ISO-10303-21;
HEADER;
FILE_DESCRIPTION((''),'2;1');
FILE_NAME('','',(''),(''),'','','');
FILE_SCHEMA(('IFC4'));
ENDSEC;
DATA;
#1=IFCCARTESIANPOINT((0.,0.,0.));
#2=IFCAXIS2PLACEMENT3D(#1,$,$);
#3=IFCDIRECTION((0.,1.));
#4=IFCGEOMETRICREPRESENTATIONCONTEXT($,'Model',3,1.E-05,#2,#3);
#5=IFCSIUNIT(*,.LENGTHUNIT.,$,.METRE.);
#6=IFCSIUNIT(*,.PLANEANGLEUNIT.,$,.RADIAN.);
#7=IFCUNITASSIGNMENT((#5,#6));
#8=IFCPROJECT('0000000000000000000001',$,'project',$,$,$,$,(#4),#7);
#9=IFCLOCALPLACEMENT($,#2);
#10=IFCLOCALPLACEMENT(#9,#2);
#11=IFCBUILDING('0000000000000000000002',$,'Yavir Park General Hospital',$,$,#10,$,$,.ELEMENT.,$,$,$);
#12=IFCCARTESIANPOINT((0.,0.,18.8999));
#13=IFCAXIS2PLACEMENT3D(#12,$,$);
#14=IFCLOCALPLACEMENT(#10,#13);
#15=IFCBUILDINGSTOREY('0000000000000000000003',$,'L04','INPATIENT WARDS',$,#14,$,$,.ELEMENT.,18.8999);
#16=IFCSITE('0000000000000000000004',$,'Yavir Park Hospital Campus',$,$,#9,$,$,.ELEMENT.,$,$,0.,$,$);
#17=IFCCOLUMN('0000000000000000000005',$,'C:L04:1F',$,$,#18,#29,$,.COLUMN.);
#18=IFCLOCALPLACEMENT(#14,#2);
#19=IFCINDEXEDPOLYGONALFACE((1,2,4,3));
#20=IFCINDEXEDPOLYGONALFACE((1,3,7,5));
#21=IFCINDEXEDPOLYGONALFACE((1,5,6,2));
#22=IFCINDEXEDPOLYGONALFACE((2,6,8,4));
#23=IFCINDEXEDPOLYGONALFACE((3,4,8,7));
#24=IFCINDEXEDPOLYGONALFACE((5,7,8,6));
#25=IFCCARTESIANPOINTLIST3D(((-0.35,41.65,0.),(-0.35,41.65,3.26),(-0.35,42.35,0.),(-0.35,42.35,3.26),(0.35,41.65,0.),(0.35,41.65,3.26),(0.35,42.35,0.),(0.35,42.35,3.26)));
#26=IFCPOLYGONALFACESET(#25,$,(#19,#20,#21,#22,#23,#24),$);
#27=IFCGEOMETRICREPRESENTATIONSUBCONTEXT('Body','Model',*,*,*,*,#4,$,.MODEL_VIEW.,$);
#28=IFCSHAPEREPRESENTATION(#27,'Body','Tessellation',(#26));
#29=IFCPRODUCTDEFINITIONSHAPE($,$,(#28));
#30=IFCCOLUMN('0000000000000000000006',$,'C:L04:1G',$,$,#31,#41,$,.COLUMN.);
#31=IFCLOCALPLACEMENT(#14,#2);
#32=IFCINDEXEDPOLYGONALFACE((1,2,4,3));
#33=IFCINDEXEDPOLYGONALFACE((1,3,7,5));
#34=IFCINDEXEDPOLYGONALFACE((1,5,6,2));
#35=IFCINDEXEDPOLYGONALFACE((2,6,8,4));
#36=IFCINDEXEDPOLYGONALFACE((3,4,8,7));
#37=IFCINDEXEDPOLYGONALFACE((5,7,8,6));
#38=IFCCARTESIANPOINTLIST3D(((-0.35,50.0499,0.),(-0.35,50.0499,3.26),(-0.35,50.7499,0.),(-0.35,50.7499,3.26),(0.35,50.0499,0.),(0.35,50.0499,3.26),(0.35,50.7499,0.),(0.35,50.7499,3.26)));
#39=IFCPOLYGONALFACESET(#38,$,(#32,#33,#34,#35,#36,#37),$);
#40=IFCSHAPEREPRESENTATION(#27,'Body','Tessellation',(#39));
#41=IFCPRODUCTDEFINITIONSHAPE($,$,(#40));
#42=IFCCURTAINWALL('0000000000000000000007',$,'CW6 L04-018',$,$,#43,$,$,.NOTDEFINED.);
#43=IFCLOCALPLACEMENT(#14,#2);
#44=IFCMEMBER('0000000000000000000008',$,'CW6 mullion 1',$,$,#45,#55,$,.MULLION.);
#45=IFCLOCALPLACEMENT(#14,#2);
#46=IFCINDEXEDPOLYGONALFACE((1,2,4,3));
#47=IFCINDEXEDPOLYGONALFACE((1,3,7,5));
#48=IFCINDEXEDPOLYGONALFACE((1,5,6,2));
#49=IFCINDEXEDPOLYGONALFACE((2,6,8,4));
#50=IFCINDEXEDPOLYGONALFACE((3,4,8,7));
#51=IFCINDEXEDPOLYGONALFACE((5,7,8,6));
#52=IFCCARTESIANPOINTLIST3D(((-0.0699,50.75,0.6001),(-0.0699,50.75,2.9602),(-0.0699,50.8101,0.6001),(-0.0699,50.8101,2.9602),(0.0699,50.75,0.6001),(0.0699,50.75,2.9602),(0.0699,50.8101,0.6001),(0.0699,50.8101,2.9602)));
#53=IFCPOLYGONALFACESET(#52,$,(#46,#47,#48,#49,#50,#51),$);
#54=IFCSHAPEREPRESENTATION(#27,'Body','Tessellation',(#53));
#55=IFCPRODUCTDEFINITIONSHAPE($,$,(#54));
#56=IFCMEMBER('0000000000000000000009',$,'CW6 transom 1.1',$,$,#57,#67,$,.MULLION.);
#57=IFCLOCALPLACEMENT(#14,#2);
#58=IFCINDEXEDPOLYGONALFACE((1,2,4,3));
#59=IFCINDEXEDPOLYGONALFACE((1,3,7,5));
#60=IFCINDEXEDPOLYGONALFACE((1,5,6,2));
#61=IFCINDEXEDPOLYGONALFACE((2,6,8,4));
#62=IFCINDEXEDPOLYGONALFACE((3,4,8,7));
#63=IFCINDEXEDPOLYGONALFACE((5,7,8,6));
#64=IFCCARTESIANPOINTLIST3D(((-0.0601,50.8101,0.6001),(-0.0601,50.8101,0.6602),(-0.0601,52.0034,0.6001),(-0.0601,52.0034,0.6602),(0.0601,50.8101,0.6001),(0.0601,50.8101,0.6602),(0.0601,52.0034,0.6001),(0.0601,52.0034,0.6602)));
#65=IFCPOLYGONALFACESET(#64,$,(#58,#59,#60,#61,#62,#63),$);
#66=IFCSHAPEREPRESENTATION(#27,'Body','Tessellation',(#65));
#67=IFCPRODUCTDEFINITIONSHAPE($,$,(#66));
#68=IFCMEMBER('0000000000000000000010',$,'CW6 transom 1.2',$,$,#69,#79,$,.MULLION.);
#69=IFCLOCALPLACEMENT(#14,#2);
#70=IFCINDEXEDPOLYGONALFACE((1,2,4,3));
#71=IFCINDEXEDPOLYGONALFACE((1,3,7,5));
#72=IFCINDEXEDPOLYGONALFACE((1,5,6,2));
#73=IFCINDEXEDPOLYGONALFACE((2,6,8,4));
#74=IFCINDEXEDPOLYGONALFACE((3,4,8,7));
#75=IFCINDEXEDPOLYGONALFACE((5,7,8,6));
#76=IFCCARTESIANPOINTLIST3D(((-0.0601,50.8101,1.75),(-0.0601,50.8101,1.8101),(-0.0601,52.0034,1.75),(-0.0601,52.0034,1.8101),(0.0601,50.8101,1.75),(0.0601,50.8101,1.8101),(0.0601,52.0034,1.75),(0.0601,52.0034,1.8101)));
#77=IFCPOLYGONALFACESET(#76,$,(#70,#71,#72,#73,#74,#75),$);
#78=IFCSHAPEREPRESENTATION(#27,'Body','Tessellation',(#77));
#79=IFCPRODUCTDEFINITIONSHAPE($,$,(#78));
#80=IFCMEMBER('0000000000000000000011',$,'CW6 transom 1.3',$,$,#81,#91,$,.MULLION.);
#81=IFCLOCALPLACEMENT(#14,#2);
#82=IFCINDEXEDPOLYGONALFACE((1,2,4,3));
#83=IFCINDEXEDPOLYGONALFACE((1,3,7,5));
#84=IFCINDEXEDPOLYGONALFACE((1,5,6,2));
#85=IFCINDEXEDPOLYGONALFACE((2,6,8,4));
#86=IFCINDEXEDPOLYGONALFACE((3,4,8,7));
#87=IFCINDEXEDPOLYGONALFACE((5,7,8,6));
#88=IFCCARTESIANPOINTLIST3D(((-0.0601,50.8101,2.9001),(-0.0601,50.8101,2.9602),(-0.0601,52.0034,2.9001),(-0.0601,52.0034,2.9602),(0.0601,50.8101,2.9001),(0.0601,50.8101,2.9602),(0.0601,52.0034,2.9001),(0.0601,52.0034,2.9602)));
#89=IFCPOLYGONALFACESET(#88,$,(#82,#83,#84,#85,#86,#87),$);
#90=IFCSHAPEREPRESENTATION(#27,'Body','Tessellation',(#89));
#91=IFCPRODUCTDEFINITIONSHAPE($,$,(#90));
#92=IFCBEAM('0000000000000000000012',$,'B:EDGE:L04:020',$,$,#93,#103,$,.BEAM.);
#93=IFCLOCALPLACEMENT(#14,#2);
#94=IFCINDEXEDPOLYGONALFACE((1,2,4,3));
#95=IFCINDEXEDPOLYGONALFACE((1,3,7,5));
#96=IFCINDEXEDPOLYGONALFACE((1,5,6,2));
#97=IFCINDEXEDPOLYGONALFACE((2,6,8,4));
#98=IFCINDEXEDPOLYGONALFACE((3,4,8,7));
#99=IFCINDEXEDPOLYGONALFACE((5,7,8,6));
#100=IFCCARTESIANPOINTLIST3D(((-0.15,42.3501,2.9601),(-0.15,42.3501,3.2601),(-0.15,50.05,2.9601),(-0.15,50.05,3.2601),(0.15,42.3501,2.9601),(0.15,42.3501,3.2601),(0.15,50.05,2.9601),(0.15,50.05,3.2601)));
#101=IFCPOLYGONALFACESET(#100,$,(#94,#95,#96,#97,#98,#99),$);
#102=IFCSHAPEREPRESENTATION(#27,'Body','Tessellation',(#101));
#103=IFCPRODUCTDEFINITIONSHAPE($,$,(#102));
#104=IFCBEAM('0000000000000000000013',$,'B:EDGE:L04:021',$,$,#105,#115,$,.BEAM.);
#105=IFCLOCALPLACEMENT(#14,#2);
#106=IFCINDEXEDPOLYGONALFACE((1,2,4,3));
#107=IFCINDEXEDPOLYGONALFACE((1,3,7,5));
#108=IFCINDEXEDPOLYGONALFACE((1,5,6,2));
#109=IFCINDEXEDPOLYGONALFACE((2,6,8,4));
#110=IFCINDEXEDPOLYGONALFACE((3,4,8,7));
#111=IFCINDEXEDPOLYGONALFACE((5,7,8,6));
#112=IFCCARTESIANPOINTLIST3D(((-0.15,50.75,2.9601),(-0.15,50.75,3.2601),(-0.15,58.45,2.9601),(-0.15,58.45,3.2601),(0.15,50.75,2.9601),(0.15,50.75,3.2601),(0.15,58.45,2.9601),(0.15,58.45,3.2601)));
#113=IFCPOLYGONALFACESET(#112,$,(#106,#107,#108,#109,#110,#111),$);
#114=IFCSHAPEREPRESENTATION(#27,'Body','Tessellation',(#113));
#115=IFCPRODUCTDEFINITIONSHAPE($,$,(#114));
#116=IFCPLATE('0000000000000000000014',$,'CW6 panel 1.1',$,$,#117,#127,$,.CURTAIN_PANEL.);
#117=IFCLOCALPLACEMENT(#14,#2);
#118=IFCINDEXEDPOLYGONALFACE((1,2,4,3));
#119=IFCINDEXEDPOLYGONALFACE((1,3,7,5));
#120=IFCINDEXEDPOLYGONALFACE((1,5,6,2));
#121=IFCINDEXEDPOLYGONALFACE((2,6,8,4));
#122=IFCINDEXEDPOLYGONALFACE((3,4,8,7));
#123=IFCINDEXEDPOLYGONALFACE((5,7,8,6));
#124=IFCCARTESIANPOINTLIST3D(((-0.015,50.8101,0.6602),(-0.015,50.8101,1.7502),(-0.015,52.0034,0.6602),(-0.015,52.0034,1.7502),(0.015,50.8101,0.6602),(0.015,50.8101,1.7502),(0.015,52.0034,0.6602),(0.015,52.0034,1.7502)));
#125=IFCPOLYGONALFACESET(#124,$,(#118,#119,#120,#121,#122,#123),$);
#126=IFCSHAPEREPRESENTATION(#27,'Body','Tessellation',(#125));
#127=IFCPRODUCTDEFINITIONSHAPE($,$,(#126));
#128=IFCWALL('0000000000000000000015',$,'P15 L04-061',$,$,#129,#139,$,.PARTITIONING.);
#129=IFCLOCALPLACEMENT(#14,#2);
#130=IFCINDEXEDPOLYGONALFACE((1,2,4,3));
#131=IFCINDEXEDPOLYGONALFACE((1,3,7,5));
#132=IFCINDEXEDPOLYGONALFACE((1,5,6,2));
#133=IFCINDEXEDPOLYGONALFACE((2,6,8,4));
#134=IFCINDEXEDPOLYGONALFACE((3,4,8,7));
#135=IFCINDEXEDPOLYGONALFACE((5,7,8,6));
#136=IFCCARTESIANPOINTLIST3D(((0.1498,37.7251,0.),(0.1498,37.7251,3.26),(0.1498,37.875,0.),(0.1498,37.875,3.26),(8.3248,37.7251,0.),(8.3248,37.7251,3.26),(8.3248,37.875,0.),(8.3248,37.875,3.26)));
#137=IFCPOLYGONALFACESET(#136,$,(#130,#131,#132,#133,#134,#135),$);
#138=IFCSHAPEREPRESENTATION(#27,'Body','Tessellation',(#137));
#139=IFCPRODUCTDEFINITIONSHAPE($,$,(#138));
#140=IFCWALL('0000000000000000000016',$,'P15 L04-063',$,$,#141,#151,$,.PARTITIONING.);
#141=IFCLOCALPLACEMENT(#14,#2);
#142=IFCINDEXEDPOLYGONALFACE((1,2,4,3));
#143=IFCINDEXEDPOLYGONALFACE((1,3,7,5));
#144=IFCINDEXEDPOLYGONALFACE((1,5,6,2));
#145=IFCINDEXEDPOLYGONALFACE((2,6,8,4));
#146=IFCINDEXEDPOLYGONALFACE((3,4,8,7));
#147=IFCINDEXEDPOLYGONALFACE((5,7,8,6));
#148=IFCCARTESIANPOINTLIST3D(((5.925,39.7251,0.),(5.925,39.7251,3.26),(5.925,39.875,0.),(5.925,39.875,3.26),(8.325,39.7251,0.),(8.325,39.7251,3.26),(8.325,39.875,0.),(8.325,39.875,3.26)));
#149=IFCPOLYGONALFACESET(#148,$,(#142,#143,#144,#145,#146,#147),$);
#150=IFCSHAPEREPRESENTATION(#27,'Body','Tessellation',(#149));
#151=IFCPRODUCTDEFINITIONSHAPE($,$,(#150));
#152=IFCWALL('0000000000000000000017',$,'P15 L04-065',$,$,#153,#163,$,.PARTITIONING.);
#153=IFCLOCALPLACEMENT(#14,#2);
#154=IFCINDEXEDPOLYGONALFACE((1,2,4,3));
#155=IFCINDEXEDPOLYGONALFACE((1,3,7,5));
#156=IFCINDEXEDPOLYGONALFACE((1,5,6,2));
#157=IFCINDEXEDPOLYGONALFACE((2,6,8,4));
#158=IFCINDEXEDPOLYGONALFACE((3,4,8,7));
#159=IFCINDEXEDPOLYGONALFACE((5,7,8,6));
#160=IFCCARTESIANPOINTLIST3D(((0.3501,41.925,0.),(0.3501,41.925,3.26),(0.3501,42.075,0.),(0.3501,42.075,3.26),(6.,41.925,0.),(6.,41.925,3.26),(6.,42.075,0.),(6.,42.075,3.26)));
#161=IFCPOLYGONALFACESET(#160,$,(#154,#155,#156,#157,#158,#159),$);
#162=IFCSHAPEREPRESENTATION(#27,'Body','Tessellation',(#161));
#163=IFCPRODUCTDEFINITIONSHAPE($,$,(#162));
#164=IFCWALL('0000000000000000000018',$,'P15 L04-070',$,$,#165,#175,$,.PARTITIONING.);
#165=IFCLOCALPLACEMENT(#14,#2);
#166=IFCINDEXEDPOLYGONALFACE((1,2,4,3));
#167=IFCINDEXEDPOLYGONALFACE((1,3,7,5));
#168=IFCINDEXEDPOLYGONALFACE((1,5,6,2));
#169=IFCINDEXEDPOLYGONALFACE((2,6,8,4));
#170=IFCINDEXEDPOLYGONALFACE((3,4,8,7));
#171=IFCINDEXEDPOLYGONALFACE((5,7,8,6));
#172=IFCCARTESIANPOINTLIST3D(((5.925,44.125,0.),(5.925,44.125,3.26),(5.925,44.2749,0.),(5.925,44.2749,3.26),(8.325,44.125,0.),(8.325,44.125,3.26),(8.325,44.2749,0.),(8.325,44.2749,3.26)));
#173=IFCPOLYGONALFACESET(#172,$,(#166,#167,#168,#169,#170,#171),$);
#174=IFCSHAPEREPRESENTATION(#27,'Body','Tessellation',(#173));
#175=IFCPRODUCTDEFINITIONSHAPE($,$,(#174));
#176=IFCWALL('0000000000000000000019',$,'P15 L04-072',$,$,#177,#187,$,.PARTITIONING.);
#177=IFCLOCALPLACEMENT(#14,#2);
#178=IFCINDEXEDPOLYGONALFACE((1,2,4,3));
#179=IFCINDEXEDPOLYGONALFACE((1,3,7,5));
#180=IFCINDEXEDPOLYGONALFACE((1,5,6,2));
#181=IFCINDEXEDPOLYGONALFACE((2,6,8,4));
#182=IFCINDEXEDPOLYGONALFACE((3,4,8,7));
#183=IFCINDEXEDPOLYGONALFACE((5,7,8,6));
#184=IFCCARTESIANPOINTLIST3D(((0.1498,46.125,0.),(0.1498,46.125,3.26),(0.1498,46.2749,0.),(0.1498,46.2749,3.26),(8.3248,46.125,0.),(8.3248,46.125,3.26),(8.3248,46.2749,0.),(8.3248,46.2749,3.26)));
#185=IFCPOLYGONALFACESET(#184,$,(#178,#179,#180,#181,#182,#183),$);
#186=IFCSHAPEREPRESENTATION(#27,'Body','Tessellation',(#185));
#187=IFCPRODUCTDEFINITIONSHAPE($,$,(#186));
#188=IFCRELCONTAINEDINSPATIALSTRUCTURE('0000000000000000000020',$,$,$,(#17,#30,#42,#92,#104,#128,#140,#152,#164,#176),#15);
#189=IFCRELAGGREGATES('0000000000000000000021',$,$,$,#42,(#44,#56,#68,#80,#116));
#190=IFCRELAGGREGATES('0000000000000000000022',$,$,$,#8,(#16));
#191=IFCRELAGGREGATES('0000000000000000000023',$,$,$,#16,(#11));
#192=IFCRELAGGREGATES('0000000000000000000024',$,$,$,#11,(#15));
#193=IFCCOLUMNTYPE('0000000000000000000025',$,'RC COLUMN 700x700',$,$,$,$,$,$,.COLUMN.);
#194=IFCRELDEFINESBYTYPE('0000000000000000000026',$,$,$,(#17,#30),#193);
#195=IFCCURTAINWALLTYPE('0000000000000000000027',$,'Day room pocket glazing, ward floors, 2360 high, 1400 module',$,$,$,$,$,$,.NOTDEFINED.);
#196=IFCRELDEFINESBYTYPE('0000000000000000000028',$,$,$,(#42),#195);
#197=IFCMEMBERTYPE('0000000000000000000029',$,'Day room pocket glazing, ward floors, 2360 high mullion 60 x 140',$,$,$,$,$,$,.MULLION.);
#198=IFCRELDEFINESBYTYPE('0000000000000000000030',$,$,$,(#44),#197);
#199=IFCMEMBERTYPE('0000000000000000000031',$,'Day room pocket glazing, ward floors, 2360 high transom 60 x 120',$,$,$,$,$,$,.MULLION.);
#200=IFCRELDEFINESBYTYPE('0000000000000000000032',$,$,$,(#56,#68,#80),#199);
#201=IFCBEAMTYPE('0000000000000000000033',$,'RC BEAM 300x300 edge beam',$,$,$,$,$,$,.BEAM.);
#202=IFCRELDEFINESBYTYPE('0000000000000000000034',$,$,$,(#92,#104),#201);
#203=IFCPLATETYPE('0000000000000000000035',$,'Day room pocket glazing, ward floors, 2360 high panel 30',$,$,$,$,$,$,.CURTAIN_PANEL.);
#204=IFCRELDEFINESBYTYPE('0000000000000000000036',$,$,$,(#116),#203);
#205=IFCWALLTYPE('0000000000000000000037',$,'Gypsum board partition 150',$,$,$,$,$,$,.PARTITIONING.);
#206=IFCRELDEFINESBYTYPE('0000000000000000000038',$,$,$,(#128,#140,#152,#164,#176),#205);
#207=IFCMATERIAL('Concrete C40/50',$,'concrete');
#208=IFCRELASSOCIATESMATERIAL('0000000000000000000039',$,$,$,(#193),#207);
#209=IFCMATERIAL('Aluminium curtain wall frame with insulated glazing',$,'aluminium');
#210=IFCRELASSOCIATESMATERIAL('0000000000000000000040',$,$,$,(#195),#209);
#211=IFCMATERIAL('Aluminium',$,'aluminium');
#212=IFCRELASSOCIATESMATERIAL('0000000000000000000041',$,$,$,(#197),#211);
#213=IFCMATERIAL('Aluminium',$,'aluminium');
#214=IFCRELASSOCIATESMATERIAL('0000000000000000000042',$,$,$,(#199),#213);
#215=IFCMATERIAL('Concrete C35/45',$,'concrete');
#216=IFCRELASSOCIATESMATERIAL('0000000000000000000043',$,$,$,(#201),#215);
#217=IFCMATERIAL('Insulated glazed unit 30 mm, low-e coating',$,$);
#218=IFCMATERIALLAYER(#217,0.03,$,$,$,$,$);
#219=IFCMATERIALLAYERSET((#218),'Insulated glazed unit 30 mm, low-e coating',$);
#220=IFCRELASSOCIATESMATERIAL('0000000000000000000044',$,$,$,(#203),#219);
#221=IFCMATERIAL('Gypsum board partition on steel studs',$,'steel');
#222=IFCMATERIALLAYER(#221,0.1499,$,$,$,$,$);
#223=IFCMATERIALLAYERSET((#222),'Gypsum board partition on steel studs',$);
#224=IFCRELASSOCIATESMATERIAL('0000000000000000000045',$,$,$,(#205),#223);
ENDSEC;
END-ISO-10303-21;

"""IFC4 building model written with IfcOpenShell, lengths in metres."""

from ifc_helpers import new_model, si_unit, direction, frame, frame_2d, origin, origin_2d, place, context, subcontext, project, spatial, rectangle, extrude, material, layer, layer_set, material_profile, profile_set, type_object, element, aggregate, save


model = new_model("IFC4")

# Units and contexts
model_context = context("Model", 3, precision=1e-05, world=origin(), true_north=direction((0.0, 1.0)))
body_context = subcontext(model_context, "Body", "Model", "MODEL_VIEW")
ifc_project = project(units=[si_unit("LENGTHUNIT", "METRE"), si_unit("PLANEANGLEUNIT", "RADIAN")], contexts=[model_context])

# Site, building, storey
site_placement = place(None, origin())
site = spatial("IfcSite", under=ifc_project, at=site_placement, Name="Yavir Park Hospital Campus", CompositionType="ELEMENT", RefElevation=0.0)
building_placement = place(site_placement, origin())
building = spatial("IfcBuilding", under=site, at=building_placement, Name="Yavir Park General Hospital", CompositionType="ELEMENT")
storey_placement = place(building_placement, frame((0.0, 0.0, 18.8999)))
storey = spatial("IfcBuildingStorey", under=building, at=storey_placement, Name="L04", Description="INPATIENT WARDS", CompositionType="ELEMENT", Elevation=18.8999)

# Columns
ifc_material_1 = material(Name="Concrete C40/50", Category="concrete")
ifc_material_profile_1 = material_profile(ifc_material_1, rectangle(XDim=0.7, YDim=0.7, at=origin_2d()), Name="RC700x700")
ifc_profile_set_1 = profile_set([ifc_material_profile_1], Name="Concrete C40/50")
column_type = type_object("IfcColumnType", Name="RC COLUMN 700x700", PredefinedType="COLUMN", material=ifc_profile_set_1)
for number, where, z_axis, x_axis, name in (
    (1, (0.0, 42.0, 0.0), (0.0, 0.0, 1.0), (1.0, 0.0, 0.0), "C:L04:1F"),
    (2, (0.0, 50.3999, 0.0), (0.0, 0.0, 1.0), (1.0, 0.0, 0.0), "C:L04:1G"),
):
    element("IfcColumn", number, at=place(storey_placement, frame(where, z_axis=z_axis, x_axis=x_axis)), inside=storey, type_object=column_type, Name=name, PredefinedType="COLUMN", context=body_context, shape_type="SweptSolid", body=[
        extrude(rectangle(XDim=0.7, YDim=0.7, at=origin_2d()), origin(), (0.0, 0.0, 1.0), 3.26),
    ])

# Curtain wall, members
ifc_material_2 = material(Name="Aluminium curtain wall frame with insulated glazing", Category="aluminium")
curtain_wall_type = type_object("IfcCurtainWallType", Name="Day room pocket glazing, ward floors, 2360 high, 1400 module", PredefinedType="NOTDEFINED", material=ifc_material_2)
curtain_wall_placement = place(storey_placement, origin())
curtain_wall = element("IfcCurtainWall", 3, at=curtain_wall_placement, inside=storey, type_object=curtain_wall_type, Name="CW6 L04-018", PredefinedType="NOTDEFINED")
ifc_material_3 = material(Name="Aluminium", Category="aluminium")
ifc_material_profile_2 = material_profile(ifc_material_3, rectangle(XDim=0.1399, YDim=0.0601, at=origin_2d()), Name="AL 60x140")
ifc_profile_set_2 = profile_set([ifc_material_profile_2], Name="Aluminium")
member_type_1 = type_object("IfcMemberType", Name="Day room pocket glazing, ward floors, 2360 high mullion 60 x 140", PredefinedType="MULLION", material=ifc_profile_set_2)
member_1_placement = place(storey_placement, frame((0.0, 50.78, 0.6001), z_axis=(0.0, 0.0, 1.0), x_axis=(-1.0, 0.0, 0.0)))
member_1 = element("IfcMember", 4, at=member_1_placement, type_object=member_type_1, Name="CW6 mullion 1", PredefinedType="MULLION", context=body_context, shape_type="SweptSolid", body=[
    extrude(rectangle(XDim=0.1399, YDim=0.0601, at=origin_2d()), origin(), (0.0, 0.0, 1.0), 2.3601),
])
ifc_material_4 = material(Name="Aluminium", Category="aluminium")
ifc_material_profile_3 = material_profile(ifc_material_4, rectangle(XDim=0.1201, YDim=0.0601, at=origin_2d()), Name="AL 120x60")
ifc_profile_set_3 = profile_set([ifc_material_profile_3], Name="Aluminium")
member_type_2 = type_object("IfcMemberType", Name="Day room pocket glazing, ward floors, 2360 high transom 60 x 120", PredefinedType="MULLION", material=ifc_profile_set_3)
member_2_placement = place(storey_placement, frame((0.0, 50.8101, 0.6301), z_axis=(0.0, 1.0, 0.0), x_axis=(-1.0, 0.0, 0.0)))
member_2 = element("IfcMember", 5, at=member_2_placement, type_object=member_type_2, Name="CW6 transom 1.1", PredefinedType="MULLION", context=body_context, shape_type="SweptSolid", body=[
    extrude(rectangle(XDim=0.1201, YDim=0.0601, at=origin_2d()), origin(), (0.0, 0.0, 1.0), 1.1934),
])
member_3_placement = place(storey_placement, frame((0.0, 50.8101, 1.78), z_axis=(0.0, 1.0, 0.0), x_axis=(-1.0, 0.0, 0.0)))
member_3 = element("IfcMember", 6, at=member_3_placement, type_object=member_type_2, Name="CW6 transom 1.2", PredefinedType="MULLION", context=body_context, shape_type="SweptSolid", body=[
    extrude(rectangle(XDim=0.1201, YDim=0.0601, at=origin_2d()), origin(), (0.0, 0.0, 1.0), 1.1934),
])
member_4_placement = place(storey_placement, frame((0.0, 50.8101, 2.9302), z_axis=(0.0, 1.0, 0.0), x_axis=(-1.0, 0.0, 0.0)))
member_4 = element("IfcMember", 7, at=member_4_placement, type_object=member_type_2, Name="CW6 transom 1.3", PredefinedType="MULLION", context=body_context, shape_type="SweptSolid", body=[
    extrude(rectangle(XDim=0.1201, YDim=0.0601, at=origin_2d()), origin(), (0.0, 0.0, 1.0), 1.1934),
])

# Beams
ifc_material_5 = material(Name="Concrete C35/45", Category="concrete")
ifc_material_profile_4 = material_profile(ifc_material_5, rectangle(XDim=0.3, YDim=0.3, at=origin_2d()), Name="RC300x300")
ifc_profile_set_4 = profile_set([ifc_material_profile_4], Name="Concrete C35/45")
beam_type = type_object("IfcBeamType", Name="RC BEAM 300x300 edge beam", PredefinedType="BEAM", material=ifc_profile_set_4)
for number, where, z_axis, x_axis, name in (
    (8, (0.0, 42.3501, 3.1101), (0.0, 1.0, 0.0), (-1.0, 0.0, 0.0), "B:EDGE:L04:020"),
    (9, (0.0, 50.75, 3.1101), (0.0, 1.0, 0.0), (-1.0, 0.0, 0.0), "B:EDGE:L04:021"),
):
    element("IfcBeam", number, at=place(storey_placement, frame(where, z_axis=z_axis, x_axis=x_axis)), inside=storey, type_object=beam_type, Name=name, PredefinedType="BEAM", context=body_context, shape_type="SweptSolid", body=[
        extrude(rectangle(XDim=0.3, YDim=0.3, at=origin_2d()), origin(), (0.0, 0.0, 1.0), 7.7),
    ])

# Plate
ifc_material_6 = material(Name="Insulated glazed unit 30 mm, low-e coating")
ifc_layer_1 = layer(ifc_material_6, 0.03)
ifc_layer_set_1 = layer_set([ifc_layer_1], Name="Insulated glazed unit 30 mm, low-e coating")
plate_type = type_object("IfcPlateType", Name="Day room pocket glazing, ward floors, 2360 high panel 30", PredefinedType="CURTAIN_PANEL", material=ifc_layer_set_1)
plate_placement = place(storey_placement, frame((0.0, 51.4067, 0.6602), z_axis=(0.0, 0.0, 1.0), x_axis=(0.0, 1.0, 0.0)))
plate = element("IfcPlate", 10, at=plate_placement, type_object=plate_type, Name="CW6 panel 1.1", PredefinedType="CURTAIN_PANEL", context=body_context, shape_type="SweptSolid", body=[
    extrude(rectangle(XDim=1.1934, YDim=0.03, at=origin_2d()), origin(), (0.0, 0.0, 1.0), 1.0901),
])
aggregate(curtain_wall, [member_1, member_2, member_3, member_4, plate])

# Walls
ifc_material_7 = material(Name="Gypsum board partition on steel studs", Category="steel")
ifc_layer_2 = layer(ifc_material_7, 0.1499)
ifc_layer_set_2 = layer_set([ifc_layer_2], Name="Gypsum board partition on steel studs")
wall_type_1 = type_object("IfcWallType", Name="Gypsum board partition 150", PredefinedType="PARTITIONING", material=ifc_layer_set_2)
wall_1_placement = place(storey_placement, frame((0.1499, 37.8, 0.0), z_axis=(0.0, 0.0, 1.0), x_axis=(1.0, 0.0, 0.0)))
element("IfcWall", 11, at=wall_1_placement, inside=storey, type_object=wall_type_1, Name="P15 L04-061", PredefinedType="PARTITIONING", context=body_context, shape_type="SweptSolid", body=[
    extrude(rectangle(XDim=8.175, YDim=0.1499, at=frame_2d((4.0874, 0.0))), origin(), (0.0, 0.0, 1.0), 3.26),
])
wall_2_placement = place(storey_placement, frame((5.925, 39.8, 0.0), z_axis=(0.0, 0.0, 1.0), x_axis=(1.0, 0.0, 0.0)))
element("IfcWall", 12, at=wall_2_placement, inside=storey, type_object=wall_type_1, Name="P15 L04-063", PredefinedType="PARTITIONING", context=body_context, shape_type="SweptSolid", body=[
    extrude(rectangle(XDim=2.3999, YDim=0.1499, at=frame_2d((1.2, 0.0))), origin(), (0.0, 0.0, 1.0), 3.26),
])
wall_3_placement = place(storey_placement, frame((0.3501, 42.0, 0.0), z_axis=(0.0, 0.0, 1.0), x_axis=(1.0, 0.0, 0.0)))
element("IfcWall", 13, at=wall_3_placement, inside=storey, type_object=wall_type_1, Name="P15 L04-065", PredefinedType="PARTITIONING", context=body_context, shape_type="SweptSolid", body=[
    extrude(rectangle(XDim=5.6499, YDim=0.1499, at=frame_2d((2.825, 0.0))), origin(), (0.0, 0.0, 1.0), 3.26),
])
wall_4_placement = place(storey_placement, frame((5.925, 44.2, 0.0), z_axis=(0.0, 0.0, 1.0), x_axis=(1.0, 0.0, 0.0)))
element("IfcWall", 14, at=wall_4_placement, inside=storey, type_object=wall_type_1, Name="P15 L04-070", PredefinedType="PARTITIONING", context=body_context, shape_type="SweptSolid", body=[
    extrude(rectangle(XDim=2.3999, YDim=0.1499, at=frame_2d((1.2, 0.0))), origin(), (0.0, 0.0, 1.0), 3.26),
])
wall_5_placement = place(storey_placement, frame((0.1499, 46.2, 0.0), z_axis=(0.0, 0.0, 1.0), x_axis=(1.0, 0.0, 0.0)))
element("IfcWall", 15, at=wall_5_placement, inside=storey, type_object=wall_type_1, Name="P15 L04-072", PredefinedType="PARTITIONING", context=body_context, shape_type="SweptSolid", body=[
    extrude(rectangle(XDim=8.175, YDim=0.1499, at=frame_2d((4.0874, 0.0))), origin(), (0.0, 0.0, 1.0), 3.26),
])

save(model, "model.ifc")
